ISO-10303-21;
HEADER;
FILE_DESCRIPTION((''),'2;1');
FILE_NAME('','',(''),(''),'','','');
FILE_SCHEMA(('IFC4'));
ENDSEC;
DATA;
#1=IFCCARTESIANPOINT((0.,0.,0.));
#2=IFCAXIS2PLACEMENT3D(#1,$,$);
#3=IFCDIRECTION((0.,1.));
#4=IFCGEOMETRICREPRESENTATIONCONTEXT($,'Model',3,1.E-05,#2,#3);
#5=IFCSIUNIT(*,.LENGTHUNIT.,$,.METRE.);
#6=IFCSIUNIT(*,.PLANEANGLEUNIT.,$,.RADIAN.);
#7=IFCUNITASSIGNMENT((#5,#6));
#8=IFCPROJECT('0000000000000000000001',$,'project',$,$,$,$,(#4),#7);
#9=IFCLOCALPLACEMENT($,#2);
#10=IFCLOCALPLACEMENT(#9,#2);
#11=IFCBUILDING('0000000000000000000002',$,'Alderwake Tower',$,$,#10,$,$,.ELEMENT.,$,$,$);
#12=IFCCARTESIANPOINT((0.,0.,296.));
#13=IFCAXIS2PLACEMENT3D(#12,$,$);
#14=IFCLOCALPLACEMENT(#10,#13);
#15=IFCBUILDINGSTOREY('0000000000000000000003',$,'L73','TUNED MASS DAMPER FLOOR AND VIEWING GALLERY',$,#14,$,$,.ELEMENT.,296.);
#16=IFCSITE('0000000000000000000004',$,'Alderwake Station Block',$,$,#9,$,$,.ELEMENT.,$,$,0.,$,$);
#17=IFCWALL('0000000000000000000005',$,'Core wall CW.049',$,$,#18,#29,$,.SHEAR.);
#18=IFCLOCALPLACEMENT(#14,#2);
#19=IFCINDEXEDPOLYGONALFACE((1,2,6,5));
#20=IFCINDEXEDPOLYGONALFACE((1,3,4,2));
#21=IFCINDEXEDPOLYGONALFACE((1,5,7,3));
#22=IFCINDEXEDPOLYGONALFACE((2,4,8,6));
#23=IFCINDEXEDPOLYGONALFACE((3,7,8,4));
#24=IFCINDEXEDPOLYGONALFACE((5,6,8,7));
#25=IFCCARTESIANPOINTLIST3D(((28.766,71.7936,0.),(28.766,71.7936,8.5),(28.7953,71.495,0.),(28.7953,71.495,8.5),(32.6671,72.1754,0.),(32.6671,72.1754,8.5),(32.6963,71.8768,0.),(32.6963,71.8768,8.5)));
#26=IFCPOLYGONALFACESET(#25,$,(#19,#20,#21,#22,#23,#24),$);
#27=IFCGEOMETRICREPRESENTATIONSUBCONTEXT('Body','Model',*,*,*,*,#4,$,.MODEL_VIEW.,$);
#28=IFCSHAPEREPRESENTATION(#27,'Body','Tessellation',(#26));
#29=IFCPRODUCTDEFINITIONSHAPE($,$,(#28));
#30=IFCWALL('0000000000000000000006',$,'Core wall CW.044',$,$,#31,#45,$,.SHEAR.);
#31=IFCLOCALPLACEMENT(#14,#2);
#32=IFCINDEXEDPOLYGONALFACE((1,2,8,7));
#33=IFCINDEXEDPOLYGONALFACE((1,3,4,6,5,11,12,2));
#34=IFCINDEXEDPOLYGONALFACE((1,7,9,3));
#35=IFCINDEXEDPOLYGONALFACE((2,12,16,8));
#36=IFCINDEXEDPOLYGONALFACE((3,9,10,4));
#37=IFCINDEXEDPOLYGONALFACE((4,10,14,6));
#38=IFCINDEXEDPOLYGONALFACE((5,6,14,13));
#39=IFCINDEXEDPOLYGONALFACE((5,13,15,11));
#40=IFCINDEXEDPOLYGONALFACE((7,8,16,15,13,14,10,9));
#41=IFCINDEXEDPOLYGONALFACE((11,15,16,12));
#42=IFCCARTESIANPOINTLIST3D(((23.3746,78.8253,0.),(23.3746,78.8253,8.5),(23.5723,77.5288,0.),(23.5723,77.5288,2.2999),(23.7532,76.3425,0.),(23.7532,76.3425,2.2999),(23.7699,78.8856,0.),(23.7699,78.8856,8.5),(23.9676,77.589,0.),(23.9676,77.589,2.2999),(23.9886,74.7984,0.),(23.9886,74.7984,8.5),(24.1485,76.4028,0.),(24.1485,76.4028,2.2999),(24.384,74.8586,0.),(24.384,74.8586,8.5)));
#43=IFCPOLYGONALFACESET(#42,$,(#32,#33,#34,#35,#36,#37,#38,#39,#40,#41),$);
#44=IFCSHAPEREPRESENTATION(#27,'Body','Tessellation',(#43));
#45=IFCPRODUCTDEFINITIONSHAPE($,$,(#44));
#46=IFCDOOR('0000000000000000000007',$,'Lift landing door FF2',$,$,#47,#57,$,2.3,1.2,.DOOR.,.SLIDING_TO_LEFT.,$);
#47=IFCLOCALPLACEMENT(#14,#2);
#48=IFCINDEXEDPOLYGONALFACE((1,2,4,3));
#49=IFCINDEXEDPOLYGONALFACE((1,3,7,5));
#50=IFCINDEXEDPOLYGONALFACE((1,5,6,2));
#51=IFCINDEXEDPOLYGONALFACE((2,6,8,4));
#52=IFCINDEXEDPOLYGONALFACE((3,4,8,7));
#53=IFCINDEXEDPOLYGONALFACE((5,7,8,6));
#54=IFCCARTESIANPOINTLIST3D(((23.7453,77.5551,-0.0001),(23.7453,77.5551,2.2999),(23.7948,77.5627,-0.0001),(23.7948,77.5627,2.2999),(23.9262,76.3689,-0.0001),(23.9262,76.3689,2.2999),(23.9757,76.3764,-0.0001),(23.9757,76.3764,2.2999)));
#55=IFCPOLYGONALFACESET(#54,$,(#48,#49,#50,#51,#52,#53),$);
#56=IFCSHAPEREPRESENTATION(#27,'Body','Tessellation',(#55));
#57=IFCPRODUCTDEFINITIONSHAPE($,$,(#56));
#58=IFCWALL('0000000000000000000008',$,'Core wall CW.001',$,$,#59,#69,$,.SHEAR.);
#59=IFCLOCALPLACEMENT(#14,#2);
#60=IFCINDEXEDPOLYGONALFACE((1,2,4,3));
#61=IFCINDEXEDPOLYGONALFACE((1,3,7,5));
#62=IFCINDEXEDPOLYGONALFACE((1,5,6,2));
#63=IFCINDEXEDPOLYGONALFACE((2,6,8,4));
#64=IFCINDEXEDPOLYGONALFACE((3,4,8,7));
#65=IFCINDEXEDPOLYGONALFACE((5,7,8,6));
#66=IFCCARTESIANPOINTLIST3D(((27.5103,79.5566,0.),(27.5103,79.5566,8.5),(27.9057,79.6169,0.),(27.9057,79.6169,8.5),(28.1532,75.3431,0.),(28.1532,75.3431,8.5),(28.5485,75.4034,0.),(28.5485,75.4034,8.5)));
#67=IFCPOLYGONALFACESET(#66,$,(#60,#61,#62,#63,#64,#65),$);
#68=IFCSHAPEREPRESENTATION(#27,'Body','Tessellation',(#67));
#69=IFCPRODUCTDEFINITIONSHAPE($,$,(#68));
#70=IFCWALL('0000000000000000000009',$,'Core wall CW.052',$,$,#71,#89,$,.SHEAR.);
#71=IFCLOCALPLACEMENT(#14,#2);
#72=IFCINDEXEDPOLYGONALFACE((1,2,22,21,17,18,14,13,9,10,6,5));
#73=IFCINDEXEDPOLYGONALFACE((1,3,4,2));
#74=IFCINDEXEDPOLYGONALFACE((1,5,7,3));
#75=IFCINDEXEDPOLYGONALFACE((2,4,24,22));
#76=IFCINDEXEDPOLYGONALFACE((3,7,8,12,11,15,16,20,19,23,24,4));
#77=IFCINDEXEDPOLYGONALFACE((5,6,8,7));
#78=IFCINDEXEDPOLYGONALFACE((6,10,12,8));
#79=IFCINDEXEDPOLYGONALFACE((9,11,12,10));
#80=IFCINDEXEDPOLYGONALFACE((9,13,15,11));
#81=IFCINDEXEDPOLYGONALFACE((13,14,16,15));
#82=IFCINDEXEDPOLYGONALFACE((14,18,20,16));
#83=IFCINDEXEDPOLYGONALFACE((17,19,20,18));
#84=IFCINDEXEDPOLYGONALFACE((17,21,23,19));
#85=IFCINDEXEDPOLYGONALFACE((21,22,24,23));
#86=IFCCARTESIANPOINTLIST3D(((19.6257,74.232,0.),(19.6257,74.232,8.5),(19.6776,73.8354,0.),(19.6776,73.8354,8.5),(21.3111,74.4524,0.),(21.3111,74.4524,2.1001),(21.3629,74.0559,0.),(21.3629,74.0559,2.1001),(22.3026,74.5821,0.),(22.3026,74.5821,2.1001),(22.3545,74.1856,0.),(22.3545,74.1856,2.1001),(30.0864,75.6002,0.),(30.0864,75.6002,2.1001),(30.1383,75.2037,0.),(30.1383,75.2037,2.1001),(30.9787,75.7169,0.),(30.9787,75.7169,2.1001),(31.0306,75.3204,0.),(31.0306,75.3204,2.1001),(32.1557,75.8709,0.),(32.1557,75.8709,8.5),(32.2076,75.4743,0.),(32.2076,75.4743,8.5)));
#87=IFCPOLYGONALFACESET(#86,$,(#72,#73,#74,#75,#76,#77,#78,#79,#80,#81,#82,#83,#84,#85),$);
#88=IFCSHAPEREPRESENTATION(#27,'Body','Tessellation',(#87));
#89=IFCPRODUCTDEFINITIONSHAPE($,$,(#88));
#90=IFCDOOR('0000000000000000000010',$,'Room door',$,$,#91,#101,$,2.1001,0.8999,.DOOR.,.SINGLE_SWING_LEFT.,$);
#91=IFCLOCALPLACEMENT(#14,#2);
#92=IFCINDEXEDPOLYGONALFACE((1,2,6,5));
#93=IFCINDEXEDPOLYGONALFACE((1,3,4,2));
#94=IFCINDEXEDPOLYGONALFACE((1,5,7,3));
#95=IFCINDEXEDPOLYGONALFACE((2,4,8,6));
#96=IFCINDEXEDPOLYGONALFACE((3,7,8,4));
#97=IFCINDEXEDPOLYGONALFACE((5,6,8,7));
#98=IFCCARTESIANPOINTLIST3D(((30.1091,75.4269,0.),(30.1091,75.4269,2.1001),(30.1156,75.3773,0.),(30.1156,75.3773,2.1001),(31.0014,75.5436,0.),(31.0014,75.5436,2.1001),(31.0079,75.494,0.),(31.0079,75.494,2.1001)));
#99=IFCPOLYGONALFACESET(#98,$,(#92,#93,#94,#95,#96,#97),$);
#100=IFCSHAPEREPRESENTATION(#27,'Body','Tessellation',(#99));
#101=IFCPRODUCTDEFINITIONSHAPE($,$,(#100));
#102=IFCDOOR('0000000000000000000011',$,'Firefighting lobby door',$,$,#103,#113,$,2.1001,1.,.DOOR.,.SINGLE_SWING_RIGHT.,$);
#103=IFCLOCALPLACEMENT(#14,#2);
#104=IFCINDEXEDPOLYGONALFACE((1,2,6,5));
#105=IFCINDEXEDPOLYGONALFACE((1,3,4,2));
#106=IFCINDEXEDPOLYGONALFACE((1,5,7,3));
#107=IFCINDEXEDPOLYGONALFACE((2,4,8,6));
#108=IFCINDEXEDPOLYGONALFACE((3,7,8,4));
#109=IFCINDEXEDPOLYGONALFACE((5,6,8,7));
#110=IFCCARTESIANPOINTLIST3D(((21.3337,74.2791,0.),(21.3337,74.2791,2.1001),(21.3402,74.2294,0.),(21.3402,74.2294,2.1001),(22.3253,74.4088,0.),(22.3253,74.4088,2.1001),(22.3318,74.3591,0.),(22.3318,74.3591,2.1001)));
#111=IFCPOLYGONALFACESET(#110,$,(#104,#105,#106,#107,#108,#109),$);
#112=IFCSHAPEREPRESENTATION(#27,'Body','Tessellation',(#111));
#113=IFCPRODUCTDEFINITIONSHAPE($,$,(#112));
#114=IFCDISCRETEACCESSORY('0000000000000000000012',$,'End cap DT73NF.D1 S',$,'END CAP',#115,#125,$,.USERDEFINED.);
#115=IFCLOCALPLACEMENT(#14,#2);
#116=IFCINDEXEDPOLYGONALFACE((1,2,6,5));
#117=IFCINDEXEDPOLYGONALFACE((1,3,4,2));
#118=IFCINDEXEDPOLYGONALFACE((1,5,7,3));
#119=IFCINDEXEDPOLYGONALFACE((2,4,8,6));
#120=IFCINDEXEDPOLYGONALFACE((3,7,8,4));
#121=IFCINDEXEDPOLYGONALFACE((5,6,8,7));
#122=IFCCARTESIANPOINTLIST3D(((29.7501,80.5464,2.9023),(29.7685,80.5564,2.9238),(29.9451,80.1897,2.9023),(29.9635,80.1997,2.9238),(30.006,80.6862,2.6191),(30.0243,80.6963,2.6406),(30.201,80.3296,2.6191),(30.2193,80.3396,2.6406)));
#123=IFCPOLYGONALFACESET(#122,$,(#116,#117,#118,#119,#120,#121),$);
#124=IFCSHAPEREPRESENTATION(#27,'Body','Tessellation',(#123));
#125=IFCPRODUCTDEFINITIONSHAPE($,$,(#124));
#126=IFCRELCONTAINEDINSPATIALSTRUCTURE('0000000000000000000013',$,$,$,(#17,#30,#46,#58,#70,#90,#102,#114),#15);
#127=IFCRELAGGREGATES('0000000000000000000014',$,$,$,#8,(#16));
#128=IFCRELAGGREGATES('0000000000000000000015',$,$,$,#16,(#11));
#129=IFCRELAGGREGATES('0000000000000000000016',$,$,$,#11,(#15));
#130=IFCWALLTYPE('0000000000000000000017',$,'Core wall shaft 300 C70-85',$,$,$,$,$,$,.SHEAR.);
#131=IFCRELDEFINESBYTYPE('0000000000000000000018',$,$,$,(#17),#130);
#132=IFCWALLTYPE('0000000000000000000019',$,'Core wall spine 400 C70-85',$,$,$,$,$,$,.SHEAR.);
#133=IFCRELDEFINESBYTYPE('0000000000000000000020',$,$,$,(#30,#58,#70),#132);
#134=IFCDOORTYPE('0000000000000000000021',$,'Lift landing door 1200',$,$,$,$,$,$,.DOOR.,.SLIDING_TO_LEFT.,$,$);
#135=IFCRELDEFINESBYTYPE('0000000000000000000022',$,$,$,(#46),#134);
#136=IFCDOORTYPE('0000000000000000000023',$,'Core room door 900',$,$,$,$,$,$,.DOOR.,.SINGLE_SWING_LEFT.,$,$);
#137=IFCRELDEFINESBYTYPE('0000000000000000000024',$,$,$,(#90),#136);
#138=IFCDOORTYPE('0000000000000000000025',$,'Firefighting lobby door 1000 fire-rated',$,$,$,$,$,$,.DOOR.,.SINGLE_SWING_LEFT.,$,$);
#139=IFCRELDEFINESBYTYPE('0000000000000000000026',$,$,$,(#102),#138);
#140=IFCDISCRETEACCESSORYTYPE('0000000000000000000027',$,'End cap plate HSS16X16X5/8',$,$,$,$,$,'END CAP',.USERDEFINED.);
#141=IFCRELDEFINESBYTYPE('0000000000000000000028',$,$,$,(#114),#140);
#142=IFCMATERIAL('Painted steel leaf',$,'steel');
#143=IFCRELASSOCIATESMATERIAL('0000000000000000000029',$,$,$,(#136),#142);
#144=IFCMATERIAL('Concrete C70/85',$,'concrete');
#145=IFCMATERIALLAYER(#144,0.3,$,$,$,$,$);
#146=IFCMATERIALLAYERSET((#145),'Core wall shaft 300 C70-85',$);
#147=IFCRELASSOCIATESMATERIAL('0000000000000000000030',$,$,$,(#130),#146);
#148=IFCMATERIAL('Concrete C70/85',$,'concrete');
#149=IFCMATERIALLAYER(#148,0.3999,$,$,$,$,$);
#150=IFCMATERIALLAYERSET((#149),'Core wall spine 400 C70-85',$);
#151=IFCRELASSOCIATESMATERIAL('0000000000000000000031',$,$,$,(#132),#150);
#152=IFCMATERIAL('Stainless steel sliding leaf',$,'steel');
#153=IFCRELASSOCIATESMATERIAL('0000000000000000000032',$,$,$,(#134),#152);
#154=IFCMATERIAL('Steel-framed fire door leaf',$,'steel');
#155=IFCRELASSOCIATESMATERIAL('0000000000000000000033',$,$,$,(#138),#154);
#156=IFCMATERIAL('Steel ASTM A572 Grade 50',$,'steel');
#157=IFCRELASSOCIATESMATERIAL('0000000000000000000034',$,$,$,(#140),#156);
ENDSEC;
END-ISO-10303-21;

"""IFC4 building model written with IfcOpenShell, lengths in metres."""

from ifc_helpers import new_model, si_unit, direction, frame, frame_2d, origin, origin_2d, place, context, subcontext, project, spatial, rectangle, extrude, material, layer, layer_set, material_profile, profile_set, type_object, element, fill, save


model = new_model("IFC4")

# Units and contexts
model_context = context("Model", 3, precision=1e-05, world=origin(), true_north=direction((0.0, 1.0)))
body_context = subcontext(model_context, "Body", "Model", "MODEL_VIEW")
ifc_project = project(units=[si_unit("LENGTHUNIT", "METRE"), si_unit("PLANEANGLEUNIT", "RADIAN")], contexts=[model_context])

# Site, building, storey
site_placement = place(None, origin())
site = spatial("IfcSite", under=ifc_project, at=site_placement, Name="Alderwake Station Block", CompositionType="ELEMENT", RefElevation=0.0)
building_placement = place(site_placement, origin())
building = spatial("IfcBuilding", under=site, at=building_placement, Name="Alderwake Tower", CompositionType="ELEMENT")
storey_placement = place(building_placement, frame((0.0, 0.0, 296.0)))
storey = spatial("IfcBuildingStorey", under=building, at=storey_placement, Name="L73", Description="TUNED MASS DAMPER FLOOR AND VIEWING GALLERY", CompositionType="ELEMENT", Elevation=296.0)

# Shared definitions
ifc_material_1 = material(Name="Painted steel leaf", Category="steel")
door_type_1 = type_object("IfcDoorType", Name="Core room door 900", OperationType="SINGLE_SWING_LEFT", PredefinedType="DOOR", material=ifc_material_1)

# Wall
ifc_material_2 = material(Name="Concrete C70/85", Category="concrete")
ifc_layer_1 = layer(ifc_material_2, 0.3)
ifc_layer_set_1 = layer_set([ifc_layer_1], Name="Core wall shaft 300 C70-85")
wall_type_1 = type_object("IfcWallType", Name="Core wall shaft 300 C70-85", PredefinedType="SHEAR", material=ifc_layer_set_1)
wall_1_placement = place(storey_placement, frame((28.7805, 71.6443, 0.0), z_axis=(0.0, 0.0, 1.0), x_axis=(0.995244, 0.097413, 0.0)))
element("IfcWall", 1, at=wall_1_placement, inside=storey, type_object=wall_type_1, Name="Core wall CW.049", PredefinedType="SHEAR", context=body_context, shape_type="SweptSolid", body=[
    extrude(rectangle(XDim=3.9197, YDim=0.3, at=frame_2d((1.96, 0.0))), origin(), (0.0, 0.0, 1.0), 8.5),
])

# Wall, opening, door
ifc_material_3 = material(Name="Concrete C70/85", Category="concrete")
ifc_layer_2 = layer(ifc_material_3, 0.3999)
ifc_layer_set_2 = layer_set([ifc_layer_2], Name="Core wall spine 400 C70-85")
wall_type_2 = type_object("IfcWallType", Name="Core wall spine 400 C70-85", PredefinedType="SHEAR", material=ifc_layer_set_2)
wall_2_placement = place(storey_placement, frame((24.1863, 74.8286, 0.0), z_axis=(0.0, 0.0, 1.0), x_axis=(-0.150737, 0.988574, 0.0)))
wall_2 = element("IfcWall", 2, at=wall_2_placement, inside=storey, type_object=wall_type_2, Name="Core wall CW.044", PredefinedType="SHEAR", context=body_context, shape_type="SweptSolid", body=[
    extrude(rectangle(XDim=4.0735, YDim=0.3999, at=frame_2d((2.0366, 0.0))), origin(), (0.0, 0.0, 1.0), 8.5),
])
opening_1_placement = place(wall_2_placement, frame((1.5618, 0.0, 0.0)))
opening_1 = element("IfcOpeningElement", 3, at=opening_1_placement, cuts=wall_2, PredefinedType="OPENING", context=body_context, shape_type="SweptSolid", body=[
    extrude(rectangle(XDim=1.2, YDim=2.3, at=frame_2d((0.6001, 1.1499))), frame((0.0, 0.21, 0.0), z_axis=(0.0, -1.0, 0.0), x_axis=(1.0, 0.0, 0.0)), (0.0, 0.0, 1.0), 0.4199),
])
ifc_material_4 = material(Name="Stainless steel sliding leaf", Category="steel")
door_type_2 = type_object("IfcDoorType", Name="Lift landing door 1200", OperationType="SLIDING_TO_LEFT", PredefinedType="DOOR", material=ifc_material_4)
door_1_placement = place(opening_1_placement, origin())
door_1 = element("IfcDoor", 4, at=door_1_placement, inside=storey, type_object=door_type_2, Name="Lift landing door FF2", OperationType="SLIDING_TO_LEFT", OverallHeight=2.3, OverallWidth=1.2, PredefinedType="DOOR", context=body_context, shape_type="SweptSolid", body=[
    extrude(rectangle(XDim=1.2, YDim=2.3, at=frame_2d((0.6001, 1.1499))), frame((0.0, 0.0249, 0.0), z_axis=(0.0, -1.0, 0.0), x_axis=(1.0, 0.0, 0.0)), (0.0, 0.0, 1.0), 0.05),
])
fill(opening_1, door_1)

# Wall
wall_3_placement = place(storey_placement, frame((28.3508, 75.3733, 0.0), z_axis=(0.0, 0.0, 1.0), x_axis=(-0.150822, 0.988561, 0.0)))
element("IfcWall", 5, at=wall_3_placement, inside=storey, type_object=wall_type_2, Name="Core wall CW.001", PredefinedType="SHEAR", context=body_context, shape_type="SweptSolid", body=[
    extrude(rectangle(XDim=4.2622, YDim=0.3999, at=frame_2d((2.1311, 0.0))), origin(), (0.0, 0.0, 1.0), 8.5),
])

# Wall, openings, doors
wall_4_placement = place(storey_placement, frame((32.1816, 75.6726, 0.0), z_axis=(0.0, 0.0, 1.0), x_axis=(-0.991554, -0.129694, 0.0)))
wall_4 = element("IfcWall", 6, at=wall_4_placement, inside=storey, type_object=wall_type_2, Name="Core wall CW.052", PredefinedType="SHEAR", context=body_context, shape_type="SweptSolid", body=[
    extrude(rectangle(XDim=12.6367, YDim=0.3999, at=frame_2d((6.3184, 0.0))), origin(), (0.0, 0.0, 1.0), 8.5),
])
opening_2_placement = place(wall_4_placement, frame((9.937, 0.0, 0.0)))
opening_2 = element("IfcOpeningElement", 7, at=opening_2_placement, cuts=wall_4, PredefinedType="OPENING", context=body_context, shape_type="SweptSolid", body=[
    extrude(rectangle(XDim=1.0, YDim=2.1001, at=frame_2d((0.5, 1.05))), frame((0.0, 0.21, 0.0), z_axis=(0.0, -1.0, 0.0), x_axis=(1.0, 0.0, 0.0)), (0.0, 0.0, 1.0), 0.4199),
])
opening_3_placement = place(wall_4_placement, frame((1.187, 0.0, 0.0)))
opening_3 = element("IfcOpeningElement", 8, at=opening_3_placement, cuts=wall_4, PredefinedType="OPENING", context=body_context, shape_type="SweptSolid", body=[
    extrude(rectangle(XDim=0.8999, YDim=2.1001, at=frame_2d((0.45, 1.05))), frame((0.0, 0.21, 0.0), z_axis=(0.0, -1.0, 0.0), x_axis=(1.0, 0.0, 0.0)), (0.0, 0.0, 1.0), 0.4199),
])
door_2_placement = place(opening_3_placement, origin())
door_2 = element("IfcDoor", 9, at=door_2_placement, inside=storey, type_object=door_type_1, Name="Room door", OperationType="SINGLE_SWING_LEFT", OverallHeight=2.1001, OverallWidth=0.8999, PredefinedType="DOOR", context=body_context, shape_type="SweptSolid", body=[
    extrude(rectangle(XDim=0.8999, YDim=2.1001, at=frame_2d((0.45, 1.05))), frame((0.0, 0.0249, 0.0), z_axis=(0.0, -1.0, 0.0), x_axis=(1.0, 0.0, 0.0)), (0.0, 0.0, 1.0), 0.05),
])
fill(opening_3, door_2)
ifc_material_5 = material(Name="Steel-framed fire door leaf", Category="steel")
door_type_3 = type_object("IfcDoorType", Name="Firefighting lobby door 1000 fire-rated", OperationType="SINGLE_SWING_LEFT", PredefinedType="DOOR", material=ifc_material_5)
door_3_placement = place(opening_2_placement, origin())
door_3 = element("IfcDoor", 10, at=door_3_placement, inside=storey, type_object=door_type_3, Name="Firefighting lobby door", OperationType="SINGLE_SWING_RIGHT", OverallHeight=2.1001, OverallWidth=1.0, PredefinedType="DOOR", context=body_context, shape_type="SweptSolid", body=[
    extrude(rectangle(XDim=1.0, YDim=2.1001, at=frame_2d((0.5, 1.05))), frame((0.0, 0.0249, 0.0), z_axis=(0.0, -1.0, 0.0), x_axis=(1.0, 0.0, 0.0)), (0.0, 0.0, 1.0), 0.05),
])
fill(opening_2, door_3)

# Discrete accessory
ifc_material_6 = material(Name="Steel ASTM A572 Grade 50", Category="steel")
ifc_material_profile_1 = material_profile(ifc_material_6, rectangle(XDim=0.4065, YDim=0.4065, at=origin_2d()), Name="HSS16X16X5/8 cap")
ifc_profile_set_1 = profile_set([ifc_material_profile_1], Name="Steel ASTM A572 Grade 50")
discrete_accessory_type = type_object("IfcDiscreteAccessoryType", Name="End cap plate HSS16X16X5/8", ElementType="END CAP", PredefinedType="USERDEFINED", material=ifc_profile_set_1)
discrete_accessory_placement = place(storey_placement, frame((29.9939, 80.448, 2.7822), z_axis=(-0.611354, -0.334207, -0.717322), x_axis=(0.479672, -0.877448, 0.0)))
element("IfcDiscreteAccessory", 11, at=discrete_accessory_placement, inside=storey, type_object=discrete_accessory_type, Name="End cap DT73NF.D1 S", ObjectType="END CAP", PredefinedType="USERDEFINED", context=body_context, shape_type="SweptSolid", body=[
    extrude(rectangle(XDim=0.4065, YDim=0.4065, at=origin_2d()), origin(), (0.0, 0.0, 1.0), 0.03),
])

save(model, "model.ifc")
